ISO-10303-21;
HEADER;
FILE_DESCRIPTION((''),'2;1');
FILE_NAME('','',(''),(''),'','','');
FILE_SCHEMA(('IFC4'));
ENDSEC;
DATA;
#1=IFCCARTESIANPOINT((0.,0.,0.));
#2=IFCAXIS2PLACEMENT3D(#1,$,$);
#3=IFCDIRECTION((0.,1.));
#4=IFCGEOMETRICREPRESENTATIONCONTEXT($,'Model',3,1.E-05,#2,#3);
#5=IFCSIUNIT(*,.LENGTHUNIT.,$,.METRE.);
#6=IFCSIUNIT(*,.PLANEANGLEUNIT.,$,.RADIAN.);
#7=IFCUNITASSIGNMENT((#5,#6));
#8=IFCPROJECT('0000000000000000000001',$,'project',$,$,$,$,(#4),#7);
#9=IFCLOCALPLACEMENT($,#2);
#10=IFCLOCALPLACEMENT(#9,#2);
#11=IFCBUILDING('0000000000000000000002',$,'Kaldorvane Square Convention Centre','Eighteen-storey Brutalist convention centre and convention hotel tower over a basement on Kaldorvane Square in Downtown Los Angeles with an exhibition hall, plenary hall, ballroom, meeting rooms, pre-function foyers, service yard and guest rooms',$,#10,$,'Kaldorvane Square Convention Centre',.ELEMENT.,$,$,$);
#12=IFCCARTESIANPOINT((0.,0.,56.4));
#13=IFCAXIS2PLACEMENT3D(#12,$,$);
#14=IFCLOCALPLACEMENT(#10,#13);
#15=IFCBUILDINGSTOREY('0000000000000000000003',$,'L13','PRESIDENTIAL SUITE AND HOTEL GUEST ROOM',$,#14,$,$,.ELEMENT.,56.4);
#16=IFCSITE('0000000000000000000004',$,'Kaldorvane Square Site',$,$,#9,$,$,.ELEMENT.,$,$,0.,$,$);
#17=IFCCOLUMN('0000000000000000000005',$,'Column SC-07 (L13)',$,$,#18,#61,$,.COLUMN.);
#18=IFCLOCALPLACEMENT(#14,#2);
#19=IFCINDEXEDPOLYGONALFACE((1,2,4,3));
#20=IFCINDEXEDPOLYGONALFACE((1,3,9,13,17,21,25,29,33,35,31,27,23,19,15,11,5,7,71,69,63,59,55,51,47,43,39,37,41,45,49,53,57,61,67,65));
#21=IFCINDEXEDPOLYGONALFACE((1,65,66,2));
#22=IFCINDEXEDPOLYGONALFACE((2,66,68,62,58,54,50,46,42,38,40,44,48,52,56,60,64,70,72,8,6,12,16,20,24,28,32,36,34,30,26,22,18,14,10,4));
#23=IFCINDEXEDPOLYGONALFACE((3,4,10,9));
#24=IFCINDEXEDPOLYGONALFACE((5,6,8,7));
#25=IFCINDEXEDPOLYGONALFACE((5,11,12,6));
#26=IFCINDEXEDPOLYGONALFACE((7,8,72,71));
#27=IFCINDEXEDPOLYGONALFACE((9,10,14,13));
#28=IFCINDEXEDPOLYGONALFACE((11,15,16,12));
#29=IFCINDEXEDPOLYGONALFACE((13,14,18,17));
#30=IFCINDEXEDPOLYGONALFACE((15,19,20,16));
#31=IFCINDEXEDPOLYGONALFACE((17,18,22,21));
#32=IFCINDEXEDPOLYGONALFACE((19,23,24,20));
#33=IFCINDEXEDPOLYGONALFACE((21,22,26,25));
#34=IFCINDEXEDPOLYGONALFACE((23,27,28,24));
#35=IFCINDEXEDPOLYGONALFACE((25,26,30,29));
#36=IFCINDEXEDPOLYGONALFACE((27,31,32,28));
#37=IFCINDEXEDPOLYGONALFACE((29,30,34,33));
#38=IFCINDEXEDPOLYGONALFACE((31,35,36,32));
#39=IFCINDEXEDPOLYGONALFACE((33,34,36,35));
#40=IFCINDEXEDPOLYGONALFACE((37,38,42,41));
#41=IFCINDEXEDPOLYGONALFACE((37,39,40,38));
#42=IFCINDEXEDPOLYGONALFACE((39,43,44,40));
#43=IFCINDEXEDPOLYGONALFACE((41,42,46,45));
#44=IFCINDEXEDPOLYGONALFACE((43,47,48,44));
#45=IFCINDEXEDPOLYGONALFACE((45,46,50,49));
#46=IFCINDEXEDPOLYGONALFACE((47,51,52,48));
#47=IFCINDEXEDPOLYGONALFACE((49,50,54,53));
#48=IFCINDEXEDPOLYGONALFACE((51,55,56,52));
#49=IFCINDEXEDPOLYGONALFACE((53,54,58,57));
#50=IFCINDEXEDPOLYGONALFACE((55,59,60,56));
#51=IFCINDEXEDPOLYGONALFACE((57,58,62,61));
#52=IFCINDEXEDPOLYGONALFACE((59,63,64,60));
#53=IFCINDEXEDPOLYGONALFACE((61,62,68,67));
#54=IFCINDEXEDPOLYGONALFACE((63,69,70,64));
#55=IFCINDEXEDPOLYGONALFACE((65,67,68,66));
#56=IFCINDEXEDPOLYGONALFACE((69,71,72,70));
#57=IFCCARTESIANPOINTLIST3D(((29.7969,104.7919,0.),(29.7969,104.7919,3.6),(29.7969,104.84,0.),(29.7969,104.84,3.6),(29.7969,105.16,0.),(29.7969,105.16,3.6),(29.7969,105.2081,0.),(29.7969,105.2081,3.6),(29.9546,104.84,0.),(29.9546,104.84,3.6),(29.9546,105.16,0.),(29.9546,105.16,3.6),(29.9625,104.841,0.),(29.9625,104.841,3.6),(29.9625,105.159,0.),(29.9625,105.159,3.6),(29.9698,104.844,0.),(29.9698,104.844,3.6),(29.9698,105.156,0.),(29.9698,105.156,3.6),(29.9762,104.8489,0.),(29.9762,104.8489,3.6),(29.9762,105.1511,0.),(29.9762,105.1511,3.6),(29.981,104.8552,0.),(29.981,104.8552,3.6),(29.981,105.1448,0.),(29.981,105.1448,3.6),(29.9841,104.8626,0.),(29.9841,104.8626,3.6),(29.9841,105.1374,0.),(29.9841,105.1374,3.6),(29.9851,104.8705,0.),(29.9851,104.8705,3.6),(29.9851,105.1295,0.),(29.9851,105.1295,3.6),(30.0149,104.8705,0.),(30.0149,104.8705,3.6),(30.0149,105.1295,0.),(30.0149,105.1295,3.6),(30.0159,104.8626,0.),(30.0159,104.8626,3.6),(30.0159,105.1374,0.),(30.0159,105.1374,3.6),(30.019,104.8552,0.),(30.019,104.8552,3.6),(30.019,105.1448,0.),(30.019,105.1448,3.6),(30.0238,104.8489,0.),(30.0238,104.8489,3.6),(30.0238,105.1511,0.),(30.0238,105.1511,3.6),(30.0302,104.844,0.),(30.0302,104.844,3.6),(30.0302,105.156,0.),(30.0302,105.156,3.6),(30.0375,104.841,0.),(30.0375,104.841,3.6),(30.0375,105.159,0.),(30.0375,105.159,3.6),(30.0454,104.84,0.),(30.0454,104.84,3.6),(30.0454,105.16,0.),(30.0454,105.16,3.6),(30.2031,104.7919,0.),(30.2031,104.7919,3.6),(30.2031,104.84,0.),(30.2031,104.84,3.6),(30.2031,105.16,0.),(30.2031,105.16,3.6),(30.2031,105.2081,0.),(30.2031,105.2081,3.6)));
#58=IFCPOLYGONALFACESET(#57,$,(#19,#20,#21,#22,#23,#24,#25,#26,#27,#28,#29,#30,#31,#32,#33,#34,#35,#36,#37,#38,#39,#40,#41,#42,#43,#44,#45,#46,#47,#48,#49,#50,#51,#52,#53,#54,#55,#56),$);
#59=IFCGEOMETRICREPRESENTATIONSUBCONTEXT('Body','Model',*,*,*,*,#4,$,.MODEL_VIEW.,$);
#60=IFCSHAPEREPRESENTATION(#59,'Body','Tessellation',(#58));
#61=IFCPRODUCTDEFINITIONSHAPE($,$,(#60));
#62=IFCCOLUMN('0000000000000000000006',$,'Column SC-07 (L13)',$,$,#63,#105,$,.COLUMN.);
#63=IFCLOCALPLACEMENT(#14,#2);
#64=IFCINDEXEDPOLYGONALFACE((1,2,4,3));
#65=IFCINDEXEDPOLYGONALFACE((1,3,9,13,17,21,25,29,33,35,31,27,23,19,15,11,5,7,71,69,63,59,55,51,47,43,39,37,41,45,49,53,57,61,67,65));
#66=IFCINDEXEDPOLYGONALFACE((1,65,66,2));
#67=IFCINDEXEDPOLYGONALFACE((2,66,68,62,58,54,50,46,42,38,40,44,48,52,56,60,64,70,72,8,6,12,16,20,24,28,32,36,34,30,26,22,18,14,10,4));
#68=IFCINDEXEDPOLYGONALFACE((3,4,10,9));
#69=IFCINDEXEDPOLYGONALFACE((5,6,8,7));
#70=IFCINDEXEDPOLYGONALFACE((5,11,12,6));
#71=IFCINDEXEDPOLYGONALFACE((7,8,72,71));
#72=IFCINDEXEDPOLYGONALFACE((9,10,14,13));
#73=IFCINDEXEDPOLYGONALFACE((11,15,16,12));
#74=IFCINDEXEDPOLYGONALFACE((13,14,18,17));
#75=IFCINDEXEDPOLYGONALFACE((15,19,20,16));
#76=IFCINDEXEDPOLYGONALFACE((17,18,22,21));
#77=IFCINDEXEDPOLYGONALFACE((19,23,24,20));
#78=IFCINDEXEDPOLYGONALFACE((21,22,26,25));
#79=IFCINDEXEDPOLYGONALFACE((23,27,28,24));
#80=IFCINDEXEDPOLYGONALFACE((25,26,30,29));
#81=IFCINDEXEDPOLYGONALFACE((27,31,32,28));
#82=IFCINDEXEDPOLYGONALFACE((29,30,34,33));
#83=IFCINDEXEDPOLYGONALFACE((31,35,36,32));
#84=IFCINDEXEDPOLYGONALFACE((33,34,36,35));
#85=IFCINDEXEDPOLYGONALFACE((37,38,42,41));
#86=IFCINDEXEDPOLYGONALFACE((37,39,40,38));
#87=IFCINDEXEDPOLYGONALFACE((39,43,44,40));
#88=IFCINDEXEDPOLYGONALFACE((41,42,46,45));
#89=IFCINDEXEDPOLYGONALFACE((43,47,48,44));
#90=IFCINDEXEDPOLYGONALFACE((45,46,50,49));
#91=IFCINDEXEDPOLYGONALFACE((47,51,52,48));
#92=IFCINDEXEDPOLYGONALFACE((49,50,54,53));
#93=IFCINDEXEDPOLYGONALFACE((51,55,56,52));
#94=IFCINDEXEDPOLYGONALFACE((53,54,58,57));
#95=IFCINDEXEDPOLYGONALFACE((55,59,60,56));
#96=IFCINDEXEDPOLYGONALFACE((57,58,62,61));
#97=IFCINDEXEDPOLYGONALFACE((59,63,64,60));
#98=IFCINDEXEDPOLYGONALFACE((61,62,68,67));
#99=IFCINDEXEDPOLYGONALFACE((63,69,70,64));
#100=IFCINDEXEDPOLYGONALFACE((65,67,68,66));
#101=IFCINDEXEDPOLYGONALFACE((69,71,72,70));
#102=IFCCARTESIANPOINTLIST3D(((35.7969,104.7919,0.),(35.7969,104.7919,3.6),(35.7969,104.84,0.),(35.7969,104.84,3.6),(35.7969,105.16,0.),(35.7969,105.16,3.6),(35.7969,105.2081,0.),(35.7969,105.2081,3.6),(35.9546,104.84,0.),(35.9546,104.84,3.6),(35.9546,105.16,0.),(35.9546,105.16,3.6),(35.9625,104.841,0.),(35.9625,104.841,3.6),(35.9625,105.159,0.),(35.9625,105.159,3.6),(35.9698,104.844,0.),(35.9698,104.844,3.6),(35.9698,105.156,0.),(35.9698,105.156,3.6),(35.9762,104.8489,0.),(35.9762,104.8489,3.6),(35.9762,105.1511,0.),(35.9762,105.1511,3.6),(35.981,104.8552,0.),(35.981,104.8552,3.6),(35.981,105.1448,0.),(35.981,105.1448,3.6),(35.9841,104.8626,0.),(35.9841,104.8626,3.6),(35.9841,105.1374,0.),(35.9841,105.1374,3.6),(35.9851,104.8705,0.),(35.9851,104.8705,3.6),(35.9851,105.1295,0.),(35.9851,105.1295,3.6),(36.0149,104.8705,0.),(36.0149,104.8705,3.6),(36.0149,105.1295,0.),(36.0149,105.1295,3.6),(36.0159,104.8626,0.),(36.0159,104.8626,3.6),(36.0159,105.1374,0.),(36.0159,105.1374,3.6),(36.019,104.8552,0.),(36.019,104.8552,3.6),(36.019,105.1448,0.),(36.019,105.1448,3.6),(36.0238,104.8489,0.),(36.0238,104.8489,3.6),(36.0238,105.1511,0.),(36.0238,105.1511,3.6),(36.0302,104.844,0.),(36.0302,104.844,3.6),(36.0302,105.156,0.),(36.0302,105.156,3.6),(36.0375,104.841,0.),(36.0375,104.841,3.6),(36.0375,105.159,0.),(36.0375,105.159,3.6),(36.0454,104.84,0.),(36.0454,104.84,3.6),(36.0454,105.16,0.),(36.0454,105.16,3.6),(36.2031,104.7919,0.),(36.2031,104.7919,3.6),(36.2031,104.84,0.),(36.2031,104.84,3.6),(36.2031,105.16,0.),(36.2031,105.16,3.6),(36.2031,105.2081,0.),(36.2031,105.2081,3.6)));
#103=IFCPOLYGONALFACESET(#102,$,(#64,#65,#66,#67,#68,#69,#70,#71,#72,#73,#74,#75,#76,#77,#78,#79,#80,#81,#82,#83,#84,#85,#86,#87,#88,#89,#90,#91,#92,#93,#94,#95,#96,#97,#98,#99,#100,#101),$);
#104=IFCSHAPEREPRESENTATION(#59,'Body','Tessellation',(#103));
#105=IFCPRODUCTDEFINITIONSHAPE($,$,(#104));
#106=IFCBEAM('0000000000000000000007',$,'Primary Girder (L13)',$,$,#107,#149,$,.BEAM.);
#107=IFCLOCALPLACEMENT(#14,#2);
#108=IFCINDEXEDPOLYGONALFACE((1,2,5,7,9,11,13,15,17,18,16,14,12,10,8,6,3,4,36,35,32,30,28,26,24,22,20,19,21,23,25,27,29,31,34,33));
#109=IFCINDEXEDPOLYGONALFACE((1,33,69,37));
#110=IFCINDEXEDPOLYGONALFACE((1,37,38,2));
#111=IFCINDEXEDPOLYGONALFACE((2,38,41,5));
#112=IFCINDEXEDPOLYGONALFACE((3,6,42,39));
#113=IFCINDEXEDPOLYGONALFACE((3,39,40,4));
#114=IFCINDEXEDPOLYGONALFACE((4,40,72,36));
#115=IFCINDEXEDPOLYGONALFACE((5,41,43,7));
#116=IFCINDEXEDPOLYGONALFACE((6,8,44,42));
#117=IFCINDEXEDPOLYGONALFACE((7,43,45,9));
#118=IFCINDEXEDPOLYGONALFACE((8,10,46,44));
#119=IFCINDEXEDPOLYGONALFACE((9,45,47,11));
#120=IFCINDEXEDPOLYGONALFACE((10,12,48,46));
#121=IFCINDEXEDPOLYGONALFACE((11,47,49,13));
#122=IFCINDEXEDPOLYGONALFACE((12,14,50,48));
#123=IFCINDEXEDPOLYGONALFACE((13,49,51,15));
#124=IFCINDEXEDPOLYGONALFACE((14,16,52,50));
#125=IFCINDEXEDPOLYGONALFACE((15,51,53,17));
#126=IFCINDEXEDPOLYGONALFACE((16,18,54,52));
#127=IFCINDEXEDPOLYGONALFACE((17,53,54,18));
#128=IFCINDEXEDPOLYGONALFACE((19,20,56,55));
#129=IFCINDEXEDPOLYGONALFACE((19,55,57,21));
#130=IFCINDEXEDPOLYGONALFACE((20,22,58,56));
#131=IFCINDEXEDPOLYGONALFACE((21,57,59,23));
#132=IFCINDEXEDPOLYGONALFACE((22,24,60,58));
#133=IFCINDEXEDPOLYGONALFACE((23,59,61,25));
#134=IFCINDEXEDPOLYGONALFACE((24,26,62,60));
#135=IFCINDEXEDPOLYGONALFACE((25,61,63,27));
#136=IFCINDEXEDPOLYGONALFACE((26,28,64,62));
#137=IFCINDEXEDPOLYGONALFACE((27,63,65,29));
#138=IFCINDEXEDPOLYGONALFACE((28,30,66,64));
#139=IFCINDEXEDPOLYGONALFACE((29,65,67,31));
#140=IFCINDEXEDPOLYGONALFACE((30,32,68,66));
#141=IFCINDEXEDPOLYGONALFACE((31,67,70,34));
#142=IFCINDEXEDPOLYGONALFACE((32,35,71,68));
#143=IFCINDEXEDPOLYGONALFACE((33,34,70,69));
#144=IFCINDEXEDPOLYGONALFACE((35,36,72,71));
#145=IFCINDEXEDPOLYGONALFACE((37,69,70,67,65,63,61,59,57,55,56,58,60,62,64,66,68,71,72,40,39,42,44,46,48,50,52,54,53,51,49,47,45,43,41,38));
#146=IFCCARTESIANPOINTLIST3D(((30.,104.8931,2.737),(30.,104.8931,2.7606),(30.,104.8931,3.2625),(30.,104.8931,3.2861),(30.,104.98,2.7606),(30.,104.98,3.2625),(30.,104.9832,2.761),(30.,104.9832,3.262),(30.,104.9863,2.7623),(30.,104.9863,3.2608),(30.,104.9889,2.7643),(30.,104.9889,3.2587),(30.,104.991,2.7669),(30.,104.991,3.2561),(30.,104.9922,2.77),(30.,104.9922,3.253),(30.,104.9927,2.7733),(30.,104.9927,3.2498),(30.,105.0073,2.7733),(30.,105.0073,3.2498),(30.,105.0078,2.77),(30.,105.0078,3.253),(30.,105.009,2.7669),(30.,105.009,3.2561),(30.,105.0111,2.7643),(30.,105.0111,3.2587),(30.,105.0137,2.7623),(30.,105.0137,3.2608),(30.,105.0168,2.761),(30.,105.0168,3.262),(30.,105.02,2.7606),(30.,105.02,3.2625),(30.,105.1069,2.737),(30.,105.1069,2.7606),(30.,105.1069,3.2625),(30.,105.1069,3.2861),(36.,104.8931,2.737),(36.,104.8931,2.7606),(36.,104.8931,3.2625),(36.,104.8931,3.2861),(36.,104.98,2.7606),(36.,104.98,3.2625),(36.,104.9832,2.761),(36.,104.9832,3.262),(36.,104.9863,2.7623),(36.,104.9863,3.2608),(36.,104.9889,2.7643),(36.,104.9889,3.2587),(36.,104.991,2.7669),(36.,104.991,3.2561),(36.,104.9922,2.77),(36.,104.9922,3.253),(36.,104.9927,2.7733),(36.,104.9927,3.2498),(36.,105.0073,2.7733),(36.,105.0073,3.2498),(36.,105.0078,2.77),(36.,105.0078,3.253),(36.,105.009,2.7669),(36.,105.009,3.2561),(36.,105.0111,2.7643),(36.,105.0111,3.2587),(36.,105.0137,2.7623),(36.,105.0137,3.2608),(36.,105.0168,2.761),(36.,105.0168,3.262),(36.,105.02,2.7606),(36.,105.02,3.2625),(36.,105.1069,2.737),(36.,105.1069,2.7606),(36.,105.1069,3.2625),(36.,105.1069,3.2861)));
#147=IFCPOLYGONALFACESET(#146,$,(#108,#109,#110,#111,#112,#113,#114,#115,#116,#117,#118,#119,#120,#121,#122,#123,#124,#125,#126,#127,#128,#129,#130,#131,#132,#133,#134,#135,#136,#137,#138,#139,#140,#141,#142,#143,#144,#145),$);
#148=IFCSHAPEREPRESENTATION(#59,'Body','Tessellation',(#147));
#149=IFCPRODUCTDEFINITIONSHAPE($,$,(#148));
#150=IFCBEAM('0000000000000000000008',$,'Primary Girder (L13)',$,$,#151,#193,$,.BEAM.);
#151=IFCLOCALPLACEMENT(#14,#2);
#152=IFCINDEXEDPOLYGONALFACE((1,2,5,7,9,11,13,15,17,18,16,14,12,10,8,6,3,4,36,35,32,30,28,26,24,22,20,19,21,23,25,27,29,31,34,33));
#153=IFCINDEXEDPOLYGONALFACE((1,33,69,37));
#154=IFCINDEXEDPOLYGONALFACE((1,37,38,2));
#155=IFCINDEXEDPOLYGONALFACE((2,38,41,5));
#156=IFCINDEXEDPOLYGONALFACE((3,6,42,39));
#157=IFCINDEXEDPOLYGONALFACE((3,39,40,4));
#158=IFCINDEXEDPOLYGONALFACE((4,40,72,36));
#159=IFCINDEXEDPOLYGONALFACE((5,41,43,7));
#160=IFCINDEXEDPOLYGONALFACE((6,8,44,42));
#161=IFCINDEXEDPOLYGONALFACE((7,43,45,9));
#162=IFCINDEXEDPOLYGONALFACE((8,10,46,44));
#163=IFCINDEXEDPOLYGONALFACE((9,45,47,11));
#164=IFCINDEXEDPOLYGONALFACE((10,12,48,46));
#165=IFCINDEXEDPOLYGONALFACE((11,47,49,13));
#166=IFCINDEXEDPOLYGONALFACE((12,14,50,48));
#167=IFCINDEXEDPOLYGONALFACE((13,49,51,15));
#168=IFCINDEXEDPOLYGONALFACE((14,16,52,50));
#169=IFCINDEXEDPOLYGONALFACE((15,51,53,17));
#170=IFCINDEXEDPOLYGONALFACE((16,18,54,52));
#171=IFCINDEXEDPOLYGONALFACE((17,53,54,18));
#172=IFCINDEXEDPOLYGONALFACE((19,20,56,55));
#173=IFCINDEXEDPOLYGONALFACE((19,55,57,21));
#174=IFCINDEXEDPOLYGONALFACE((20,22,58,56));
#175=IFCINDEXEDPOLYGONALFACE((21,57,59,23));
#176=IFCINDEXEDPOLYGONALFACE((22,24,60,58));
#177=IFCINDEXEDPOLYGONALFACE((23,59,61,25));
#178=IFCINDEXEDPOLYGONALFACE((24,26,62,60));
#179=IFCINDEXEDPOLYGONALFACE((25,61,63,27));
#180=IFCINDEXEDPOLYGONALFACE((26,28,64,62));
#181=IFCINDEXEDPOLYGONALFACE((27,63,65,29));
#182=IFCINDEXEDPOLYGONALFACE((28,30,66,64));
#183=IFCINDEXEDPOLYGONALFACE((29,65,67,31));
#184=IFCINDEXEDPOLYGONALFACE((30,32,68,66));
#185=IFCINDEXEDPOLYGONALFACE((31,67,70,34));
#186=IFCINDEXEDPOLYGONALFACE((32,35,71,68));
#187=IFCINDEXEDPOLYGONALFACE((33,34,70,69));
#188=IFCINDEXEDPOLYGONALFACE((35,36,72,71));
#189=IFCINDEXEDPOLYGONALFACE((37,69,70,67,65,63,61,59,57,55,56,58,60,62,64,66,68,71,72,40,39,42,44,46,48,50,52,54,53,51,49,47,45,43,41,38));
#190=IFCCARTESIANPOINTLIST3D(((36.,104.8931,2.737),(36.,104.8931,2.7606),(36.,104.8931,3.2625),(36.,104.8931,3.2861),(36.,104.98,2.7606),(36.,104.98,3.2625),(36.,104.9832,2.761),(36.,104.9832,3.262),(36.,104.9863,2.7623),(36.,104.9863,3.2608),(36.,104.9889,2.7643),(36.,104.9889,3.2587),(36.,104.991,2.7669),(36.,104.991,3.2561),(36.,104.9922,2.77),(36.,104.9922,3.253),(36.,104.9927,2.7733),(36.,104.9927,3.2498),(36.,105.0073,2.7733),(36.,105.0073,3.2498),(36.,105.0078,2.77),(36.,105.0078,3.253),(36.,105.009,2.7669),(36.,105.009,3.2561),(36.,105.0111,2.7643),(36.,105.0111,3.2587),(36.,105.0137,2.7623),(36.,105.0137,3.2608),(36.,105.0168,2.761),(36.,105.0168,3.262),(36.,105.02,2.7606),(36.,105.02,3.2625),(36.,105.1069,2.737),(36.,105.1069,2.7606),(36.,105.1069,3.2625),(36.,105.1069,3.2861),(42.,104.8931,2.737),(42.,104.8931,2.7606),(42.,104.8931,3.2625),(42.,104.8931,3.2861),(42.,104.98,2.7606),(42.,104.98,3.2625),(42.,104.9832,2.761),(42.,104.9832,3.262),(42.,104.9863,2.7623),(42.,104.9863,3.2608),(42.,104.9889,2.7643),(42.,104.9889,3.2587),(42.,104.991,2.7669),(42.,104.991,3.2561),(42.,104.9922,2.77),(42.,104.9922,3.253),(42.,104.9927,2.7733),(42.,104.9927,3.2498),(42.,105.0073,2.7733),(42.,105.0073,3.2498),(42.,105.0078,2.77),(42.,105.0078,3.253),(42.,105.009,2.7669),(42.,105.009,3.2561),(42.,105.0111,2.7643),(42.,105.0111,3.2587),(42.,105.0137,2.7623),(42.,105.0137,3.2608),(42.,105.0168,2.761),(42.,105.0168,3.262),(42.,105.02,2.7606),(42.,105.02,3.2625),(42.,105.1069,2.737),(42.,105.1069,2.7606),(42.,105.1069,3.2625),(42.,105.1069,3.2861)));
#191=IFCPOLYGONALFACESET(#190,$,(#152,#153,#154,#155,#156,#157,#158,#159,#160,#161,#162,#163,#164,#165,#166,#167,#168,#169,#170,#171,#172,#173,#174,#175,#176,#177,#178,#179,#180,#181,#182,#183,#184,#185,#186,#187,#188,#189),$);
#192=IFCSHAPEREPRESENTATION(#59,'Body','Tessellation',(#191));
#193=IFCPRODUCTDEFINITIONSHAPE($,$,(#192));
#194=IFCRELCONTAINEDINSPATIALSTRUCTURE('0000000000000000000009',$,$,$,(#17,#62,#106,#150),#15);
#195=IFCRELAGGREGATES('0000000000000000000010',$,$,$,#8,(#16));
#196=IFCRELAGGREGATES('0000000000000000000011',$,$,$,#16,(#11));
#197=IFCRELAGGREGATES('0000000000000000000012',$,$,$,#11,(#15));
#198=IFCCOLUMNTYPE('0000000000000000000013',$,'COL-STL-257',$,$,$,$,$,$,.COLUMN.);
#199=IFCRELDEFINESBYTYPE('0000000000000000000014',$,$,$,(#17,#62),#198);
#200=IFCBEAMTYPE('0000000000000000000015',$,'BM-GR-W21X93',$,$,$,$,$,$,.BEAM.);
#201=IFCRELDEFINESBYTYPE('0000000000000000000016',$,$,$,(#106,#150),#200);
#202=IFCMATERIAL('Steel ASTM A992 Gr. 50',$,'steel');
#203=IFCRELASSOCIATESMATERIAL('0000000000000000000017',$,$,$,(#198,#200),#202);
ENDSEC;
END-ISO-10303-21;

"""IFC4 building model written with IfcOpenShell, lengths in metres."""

from ifc_helpers import new_model, si_unit, direction, frame, origin, origin_2d, place, context, subcontext, project, spatial, i_section, extrude, material, material_profile, profile_set, type_object, element, save


model = new_model("IFC4")

# Units and contexts
model_context = context("Model", 3, precision=1e-05, world=origin(), true_north=direction((0.0, 1.0)))
body_context = subcontext(model_context, "Body", "Model", "MODEL_VIEW")
ifc_project = project(units=[si_unit("LENGTHUNIT", "METRE"), si_unit("PLANEANGLEUNIT", "RADIAN")], contexts=[model_context])

# Site, building, storey
site_placement = place(None, origin())
site = spatial("IfcSite", under=ifc_project, at=site_placement, Name="Kaldorvane Square Site", CompositionType="ELEMENT", RefElevation=0.0)
building_placement = place(site_placement, origin())
building = spatial("IfcBuilding", under=site, at=building_placement, Name="Kaldorvane Square Convention Centre", Description="Eighteen-storey Brutalist convention centre and convention hotel tower over a basement on Kaldorvane Square in Downtown Los Angeles with an exhibition hall, plenary hall, ballroom, meeting rooms, pre-function foyers, service yard and guest rooms", LongName="Kaldorvane Square Convention Centre", CompositionType="ELEMENT")
storey_placement = place(building_placement, frame((0.0, 0.0, 56.4)))
storey = spatial("IfcBuildingStorey", under=building, at=storey_placement, Name="L13", Description="PRESIDENTIAL SUITE AND HOTEL GUEST ROOM", CompositionType="ELEMENT", Elevation=56.4)

# Columns
ifc_material_1 = material(Name="Steel ASTM A992 Gr. 50", Category="steel")
ifc_material_profile_1 = material_profile(ifc_material_1, i_section(OverallWidth=0.4063, OverallDepth=0.4161, WebThickness=0.0298, FlangeThickness=0.048, FilletRadius=0.0305, at=origin_2d()), Name="W14X257")
ifc_profile_set_1 = profile_set([ifc_material_profile_1], Name="Steel ASTM A992 Gr. 50")
column_type = type_object("IfcColumnType", Name="COL-STL-257", PredefinedType="COLUMN", material=ifc_profile_set_1)
for number, where, z_axis, x_axis, name in (
    (1, (30.0, 105.0, 0.0), (0.0, 0.0, 1.0), (1.0, 0.0, 0.0), "Column SC-07 (L13)"),
    (2, (36.0, 105.0, 0.0), (0.0, 0.0, 1.0), (1.0, 0.0, 0.0), "Column SC-07 (L13)"),
):
    element("IfcColumn", number, at=place(storey_placement, frame(where, z_axis=z_axis, x_axis=x_axis)), inside=storey, type_object=column_type, Name=name, PredefinedType="COLUMN", context=body_context, shape_type="SweptSolid", body=[
        extrude(i_section(OverallWidth=0.4063, OverallDepth=0.4161, WebThickness=0.0298, FlangeThickness=0.048, FilletRadius=0.0305, at=origin_2d()), origin(), (0.0, 0.0, 1.0), 3.6),
    ])

# Beams
ifc_material_profile_2 = material_profile(ifc_material_1, i_section(OverallWidth=0.2139, OverallDepth=0.5491, WebThickness=0.0147, FlangeThickness=0.0236, FilletRadius=0.0127, at=origin_2d()), Name="W21X93")
ifc_profile_set_2 = profile_set([ifc_material_profile_2], Name="Steel ASTM A992 Gr. 50")
beam_type_1 = type_object("IfcBeamType", Name="BM-GR-W21X93", PredefinedType="BEAM", material=ifc_profile_set_2)
for number, where, z_axis, x_axis, name in (
    (3, (30.0, 105.0, 3.0115), (1.0, 0.0, 0.0), (0.0, 1.0, 0.0), "Primary Girder (L13)"),
    (4, (36.0, 105.0, 3.0115), (1.0, 0.0, 0.0), (0.0, 1.0, 0.0), "Primary Girder (L13)"),
):
    element("IfcBeam", number, at=place(storey_placement, frame(where, z_axis=z_axis, x_axis=x_axis)), inside=storey, type_object=beam_type_1, Name=name, PredefinedType="BEAM", context=body_context, shape_type="SweptSolid", body=[
        extrude(i_section(OverallWidth=0.2139, OverallDepth=0.5491, WebThickness=0.0147, FlangeThickness=0.0236, FilletRadius=0.0127, at=origin_2d()), origin(), (0.0, 0.0, 1.0), 6.0),
    ])

save(model, "model.ifc")
